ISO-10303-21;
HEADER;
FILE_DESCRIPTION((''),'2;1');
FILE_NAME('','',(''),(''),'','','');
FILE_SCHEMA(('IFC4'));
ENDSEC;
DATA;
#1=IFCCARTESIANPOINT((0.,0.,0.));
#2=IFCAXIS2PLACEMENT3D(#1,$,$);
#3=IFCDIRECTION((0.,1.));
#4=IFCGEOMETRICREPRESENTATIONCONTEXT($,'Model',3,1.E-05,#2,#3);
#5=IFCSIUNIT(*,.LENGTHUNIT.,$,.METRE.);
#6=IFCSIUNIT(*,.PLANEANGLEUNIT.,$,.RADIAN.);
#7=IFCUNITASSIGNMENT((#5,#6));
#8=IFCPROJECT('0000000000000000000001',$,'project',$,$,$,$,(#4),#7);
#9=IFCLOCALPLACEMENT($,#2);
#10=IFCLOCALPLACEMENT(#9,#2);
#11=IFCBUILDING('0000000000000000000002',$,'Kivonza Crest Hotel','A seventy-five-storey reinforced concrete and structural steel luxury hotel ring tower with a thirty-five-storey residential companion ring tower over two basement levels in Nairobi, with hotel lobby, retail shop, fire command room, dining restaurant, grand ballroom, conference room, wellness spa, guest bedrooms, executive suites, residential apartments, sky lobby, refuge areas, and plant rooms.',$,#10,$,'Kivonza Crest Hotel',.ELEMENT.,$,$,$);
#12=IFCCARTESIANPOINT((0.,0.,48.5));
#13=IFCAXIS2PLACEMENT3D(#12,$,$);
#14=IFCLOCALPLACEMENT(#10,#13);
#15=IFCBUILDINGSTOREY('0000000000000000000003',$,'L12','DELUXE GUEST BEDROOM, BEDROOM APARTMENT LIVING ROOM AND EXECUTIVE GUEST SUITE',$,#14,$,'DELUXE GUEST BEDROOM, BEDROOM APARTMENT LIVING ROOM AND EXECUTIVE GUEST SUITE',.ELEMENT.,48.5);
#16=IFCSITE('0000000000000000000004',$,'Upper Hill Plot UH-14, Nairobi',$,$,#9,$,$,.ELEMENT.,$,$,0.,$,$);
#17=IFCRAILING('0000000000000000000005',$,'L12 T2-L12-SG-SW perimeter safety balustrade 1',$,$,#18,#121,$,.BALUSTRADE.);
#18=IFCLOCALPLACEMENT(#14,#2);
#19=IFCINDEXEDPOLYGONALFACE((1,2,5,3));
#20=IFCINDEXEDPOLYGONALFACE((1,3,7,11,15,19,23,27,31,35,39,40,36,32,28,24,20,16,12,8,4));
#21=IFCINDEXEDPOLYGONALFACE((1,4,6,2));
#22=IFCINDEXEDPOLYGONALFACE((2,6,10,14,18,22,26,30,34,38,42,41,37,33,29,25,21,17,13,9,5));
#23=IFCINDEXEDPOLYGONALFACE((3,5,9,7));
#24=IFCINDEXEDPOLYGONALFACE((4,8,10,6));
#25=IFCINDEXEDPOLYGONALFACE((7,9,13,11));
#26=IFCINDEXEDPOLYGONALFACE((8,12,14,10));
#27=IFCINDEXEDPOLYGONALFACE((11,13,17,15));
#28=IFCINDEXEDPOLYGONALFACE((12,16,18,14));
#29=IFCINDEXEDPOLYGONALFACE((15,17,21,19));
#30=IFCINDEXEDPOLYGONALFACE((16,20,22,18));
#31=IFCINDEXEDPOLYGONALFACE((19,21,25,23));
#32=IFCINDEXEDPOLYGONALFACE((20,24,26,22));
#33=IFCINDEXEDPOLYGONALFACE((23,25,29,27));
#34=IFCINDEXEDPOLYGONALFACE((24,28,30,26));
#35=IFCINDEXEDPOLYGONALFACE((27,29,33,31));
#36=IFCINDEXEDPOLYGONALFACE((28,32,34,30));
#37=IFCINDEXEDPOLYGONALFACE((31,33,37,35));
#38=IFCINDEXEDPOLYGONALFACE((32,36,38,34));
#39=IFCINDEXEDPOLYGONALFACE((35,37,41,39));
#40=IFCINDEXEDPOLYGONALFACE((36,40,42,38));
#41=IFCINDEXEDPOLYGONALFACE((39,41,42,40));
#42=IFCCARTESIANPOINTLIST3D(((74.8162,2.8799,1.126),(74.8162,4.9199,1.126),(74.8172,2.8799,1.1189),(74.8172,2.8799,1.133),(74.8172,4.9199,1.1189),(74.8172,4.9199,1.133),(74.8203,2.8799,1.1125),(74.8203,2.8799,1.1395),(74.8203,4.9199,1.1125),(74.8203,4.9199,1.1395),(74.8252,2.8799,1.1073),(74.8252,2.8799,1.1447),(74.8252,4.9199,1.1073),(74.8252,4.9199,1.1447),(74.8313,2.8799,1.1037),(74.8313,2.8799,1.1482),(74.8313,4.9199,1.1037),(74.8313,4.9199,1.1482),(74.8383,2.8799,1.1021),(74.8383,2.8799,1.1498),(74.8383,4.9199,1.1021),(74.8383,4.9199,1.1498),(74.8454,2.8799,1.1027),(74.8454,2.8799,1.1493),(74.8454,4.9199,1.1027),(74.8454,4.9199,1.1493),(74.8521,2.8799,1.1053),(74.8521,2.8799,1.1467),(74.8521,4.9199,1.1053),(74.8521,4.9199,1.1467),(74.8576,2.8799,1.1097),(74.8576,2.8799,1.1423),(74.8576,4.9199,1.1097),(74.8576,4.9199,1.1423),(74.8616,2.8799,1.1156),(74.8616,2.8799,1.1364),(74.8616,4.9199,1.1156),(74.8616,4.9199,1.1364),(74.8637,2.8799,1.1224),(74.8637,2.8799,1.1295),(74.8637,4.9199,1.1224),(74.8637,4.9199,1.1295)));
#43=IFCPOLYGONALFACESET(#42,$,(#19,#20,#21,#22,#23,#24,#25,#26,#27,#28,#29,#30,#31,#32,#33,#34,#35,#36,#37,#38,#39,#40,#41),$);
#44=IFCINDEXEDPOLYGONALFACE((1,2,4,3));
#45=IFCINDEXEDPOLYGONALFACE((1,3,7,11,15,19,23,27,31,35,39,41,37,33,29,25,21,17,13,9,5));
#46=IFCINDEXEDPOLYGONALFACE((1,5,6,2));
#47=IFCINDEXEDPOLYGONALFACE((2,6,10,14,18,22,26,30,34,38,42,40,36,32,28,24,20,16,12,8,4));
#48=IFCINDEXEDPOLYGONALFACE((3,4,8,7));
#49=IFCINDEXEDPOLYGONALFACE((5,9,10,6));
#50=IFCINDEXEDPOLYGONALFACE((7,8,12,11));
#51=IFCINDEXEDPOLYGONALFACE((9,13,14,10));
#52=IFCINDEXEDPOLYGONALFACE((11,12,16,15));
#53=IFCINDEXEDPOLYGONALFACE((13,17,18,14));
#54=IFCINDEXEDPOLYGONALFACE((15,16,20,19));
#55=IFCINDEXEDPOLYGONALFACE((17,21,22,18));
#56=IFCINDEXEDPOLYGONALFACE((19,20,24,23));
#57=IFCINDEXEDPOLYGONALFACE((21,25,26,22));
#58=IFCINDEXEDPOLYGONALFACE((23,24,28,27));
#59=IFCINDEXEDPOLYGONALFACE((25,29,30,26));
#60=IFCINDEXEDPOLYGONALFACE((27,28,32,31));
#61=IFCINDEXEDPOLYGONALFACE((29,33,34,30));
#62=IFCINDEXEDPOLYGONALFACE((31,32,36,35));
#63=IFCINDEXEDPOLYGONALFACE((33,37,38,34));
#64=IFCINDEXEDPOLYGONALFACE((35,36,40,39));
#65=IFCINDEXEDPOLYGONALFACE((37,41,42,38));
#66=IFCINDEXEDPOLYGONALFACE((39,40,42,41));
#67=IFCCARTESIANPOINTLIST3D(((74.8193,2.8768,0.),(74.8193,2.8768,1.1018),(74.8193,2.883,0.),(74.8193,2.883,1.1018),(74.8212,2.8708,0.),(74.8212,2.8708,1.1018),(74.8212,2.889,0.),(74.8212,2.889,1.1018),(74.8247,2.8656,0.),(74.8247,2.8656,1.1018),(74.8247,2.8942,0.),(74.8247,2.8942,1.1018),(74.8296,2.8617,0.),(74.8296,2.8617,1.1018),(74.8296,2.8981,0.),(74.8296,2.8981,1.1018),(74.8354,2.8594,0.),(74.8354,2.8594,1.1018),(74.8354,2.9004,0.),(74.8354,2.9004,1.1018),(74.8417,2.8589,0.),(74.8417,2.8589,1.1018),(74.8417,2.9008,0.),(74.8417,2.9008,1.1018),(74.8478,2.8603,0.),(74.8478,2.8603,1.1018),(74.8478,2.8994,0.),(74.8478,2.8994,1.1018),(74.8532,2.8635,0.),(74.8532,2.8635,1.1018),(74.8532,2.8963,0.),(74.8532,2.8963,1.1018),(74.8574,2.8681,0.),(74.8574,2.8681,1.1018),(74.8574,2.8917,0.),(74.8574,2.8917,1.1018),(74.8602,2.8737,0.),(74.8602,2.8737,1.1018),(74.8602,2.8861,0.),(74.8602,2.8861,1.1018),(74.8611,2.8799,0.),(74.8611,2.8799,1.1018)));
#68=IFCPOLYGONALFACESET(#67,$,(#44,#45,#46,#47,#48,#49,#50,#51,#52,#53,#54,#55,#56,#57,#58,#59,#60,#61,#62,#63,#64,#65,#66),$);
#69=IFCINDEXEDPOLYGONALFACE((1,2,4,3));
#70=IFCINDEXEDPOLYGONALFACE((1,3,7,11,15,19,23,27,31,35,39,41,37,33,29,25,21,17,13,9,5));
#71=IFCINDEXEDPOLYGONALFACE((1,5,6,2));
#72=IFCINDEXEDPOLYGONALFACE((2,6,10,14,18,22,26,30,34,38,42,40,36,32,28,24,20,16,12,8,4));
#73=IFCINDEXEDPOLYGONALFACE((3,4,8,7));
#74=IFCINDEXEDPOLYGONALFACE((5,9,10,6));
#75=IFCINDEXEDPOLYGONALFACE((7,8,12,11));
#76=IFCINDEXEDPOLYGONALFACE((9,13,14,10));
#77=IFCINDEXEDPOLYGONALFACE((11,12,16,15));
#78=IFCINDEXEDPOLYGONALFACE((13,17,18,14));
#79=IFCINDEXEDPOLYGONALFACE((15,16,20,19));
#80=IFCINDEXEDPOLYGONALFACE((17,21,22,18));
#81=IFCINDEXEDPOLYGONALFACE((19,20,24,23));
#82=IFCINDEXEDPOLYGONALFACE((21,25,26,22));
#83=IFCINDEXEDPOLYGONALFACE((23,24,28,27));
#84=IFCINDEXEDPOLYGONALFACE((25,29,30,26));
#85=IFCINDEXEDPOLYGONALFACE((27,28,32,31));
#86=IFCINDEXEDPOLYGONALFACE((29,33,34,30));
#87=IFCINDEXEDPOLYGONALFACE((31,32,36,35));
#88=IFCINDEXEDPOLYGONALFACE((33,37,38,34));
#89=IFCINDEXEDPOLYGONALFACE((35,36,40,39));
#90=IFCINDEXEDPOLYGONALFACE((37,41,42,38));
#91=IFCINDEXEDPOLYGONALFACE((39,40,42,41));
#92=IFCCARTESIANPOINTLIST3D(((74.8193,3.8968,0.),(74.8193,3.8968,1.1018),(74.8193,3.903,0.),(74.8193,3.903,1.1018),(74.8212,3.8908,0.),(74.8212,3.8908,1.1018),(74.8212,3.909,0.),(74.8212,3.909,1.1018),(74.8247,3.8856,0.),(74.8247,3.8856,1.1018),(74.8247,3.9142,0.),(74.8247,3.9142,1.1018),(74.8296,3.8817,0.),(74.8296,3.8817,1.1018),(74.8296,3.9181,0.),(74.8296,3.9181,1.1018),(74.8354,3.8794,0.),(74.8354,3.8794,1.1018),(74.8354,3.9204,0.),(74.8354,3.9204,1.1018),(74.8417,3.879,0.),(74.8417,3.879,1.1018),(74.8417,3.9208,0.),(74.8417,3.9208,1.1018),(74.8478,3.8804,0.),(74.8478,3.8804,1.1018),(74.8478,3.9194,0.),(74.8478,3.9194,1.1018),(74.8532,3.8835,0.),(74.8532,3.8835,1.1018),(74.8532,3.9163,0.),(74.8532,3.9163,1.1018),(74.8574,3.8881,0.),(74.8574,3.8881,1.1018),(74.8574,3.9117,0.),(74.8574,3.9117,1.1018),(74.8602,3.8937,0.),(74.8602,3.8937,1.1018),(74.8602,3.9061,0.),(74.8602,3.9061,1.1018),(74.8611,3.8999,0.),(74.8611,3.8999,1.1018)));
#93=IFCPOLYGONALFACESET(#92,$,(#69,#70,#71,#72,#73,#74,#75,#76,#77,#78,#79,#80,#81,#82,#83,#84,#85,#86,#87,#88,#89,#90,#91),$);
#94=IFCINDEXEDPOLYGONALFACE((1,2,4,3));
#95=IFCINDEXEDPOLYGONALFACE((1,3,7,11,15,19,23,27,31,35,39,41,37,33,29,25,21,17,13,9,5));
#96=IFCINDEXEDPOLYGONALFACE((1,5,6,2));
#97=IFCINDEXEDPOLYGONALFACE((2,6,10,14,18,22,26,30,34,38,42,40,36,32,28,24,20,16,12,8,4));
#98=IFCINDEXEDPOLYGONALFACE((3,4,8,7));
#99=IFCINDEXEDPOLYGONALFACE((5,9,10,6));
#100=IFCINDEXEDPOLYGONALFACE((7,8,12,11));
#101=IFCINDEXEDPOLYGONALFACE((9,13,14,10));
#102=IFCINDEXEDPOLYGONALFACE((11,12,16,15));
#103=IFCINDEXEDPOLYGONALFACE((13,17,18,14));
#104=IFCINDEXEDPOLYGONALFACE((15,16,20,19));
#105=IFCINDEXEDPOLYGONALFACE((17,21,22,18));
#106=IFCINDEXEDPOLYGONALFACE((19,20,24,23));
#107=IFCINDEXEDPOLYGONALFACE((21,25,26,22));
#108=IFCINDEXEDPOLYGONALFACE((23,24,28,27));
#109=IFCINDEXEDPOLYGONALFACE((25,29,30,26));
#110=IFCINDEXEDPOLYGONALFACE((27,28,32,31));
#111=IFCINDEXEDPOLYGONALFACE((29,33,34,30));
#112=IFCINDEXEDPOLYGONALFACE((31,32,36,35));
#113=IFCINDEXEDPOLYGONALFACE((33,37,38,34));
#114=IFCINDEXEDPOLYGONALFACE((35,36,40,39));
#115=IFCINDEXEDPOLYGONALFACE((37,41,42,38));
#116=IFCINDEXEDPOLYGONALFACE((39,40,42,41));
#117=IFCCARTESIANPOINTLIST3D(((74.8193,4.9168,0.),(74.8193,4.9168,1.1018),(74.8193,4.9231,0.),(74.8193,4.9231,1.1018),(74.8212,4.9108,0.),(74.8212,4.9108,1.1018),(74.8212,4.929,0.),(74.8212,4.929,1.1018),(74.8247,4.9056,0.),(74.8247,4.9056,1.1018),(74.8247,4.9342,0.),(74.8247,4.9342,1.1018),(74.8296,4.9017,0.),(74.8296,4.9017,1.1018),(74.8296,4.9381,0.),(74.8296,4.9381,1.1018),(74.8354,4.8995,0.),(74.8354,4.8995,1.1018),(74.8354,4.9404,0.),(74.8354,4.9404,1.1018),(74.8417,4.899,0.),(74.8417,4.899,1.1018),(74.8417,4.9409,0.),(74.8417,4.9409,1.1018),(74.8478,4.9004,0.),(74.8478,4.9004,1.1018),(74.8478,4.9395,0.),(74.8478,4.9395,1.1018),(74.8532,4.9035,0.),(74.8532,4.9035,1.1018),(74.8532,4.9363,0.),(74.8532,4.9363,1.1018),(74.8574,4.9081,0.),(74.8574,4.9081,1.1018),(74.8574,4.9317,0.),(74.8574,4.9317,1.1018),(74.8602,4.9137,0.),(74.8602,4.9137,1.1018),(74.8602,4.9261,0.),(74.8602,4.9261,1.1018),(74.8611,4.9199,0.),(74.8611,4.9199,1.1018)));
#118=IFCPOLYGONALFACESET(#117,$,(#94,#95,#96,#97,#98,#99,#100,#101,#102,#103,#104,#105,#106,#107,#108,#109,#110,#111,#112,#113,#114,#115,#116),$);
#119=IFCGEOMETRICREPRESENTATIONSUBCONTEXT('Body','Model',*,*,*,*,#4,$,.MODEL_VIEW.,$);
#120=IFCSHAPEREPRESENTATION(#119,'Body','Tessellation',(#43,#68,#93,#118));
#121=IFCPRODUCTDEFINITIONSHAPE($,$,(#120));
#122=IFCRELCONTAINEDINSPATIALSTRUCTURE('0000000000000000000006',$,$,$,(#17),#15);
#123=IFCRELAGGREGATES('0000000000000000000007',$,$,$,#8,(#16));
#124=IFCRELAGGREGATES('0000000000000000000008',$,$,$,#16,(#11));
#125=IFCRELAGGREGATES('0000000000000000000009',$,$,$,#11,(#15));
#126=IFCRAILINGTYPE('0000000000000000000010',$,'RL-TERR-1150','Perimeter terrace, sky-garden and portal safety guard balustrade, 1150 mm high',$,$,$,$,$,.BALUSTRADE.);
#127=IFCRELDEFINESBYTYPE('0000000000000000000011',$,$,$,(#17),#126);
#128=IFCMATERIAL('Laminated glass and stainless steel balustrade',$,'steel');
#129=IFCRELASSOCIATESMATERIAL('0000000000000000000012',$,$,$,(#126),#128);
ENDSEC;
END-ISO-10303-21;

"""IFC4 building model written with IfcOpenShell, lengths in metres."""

from ifc_helpers import new_model, si_unit, direction, frame, origin, origin_2d, place, context, subcontext, project, spatial, circle, extrude, material, type_object, element, save


model = new_model("IFC4")

# Units and contexts
model_context = context("Model", 3, precision=1e-05, world=origin(), true_north=direction((0.0, 1.0)))
body_context = subcontext(model_context, "Body", "Model", "MODEL_VIEW")
ifc_project = project(units=[si_unit("LENGTHUNIT", "METRE"), si_unit("PLANEANGLEUNIT", "RADIAN")], contexts=[model_context])

# Site, building, storey
site_placement = place(None, origin())
site = spatial("IfcSite", under=ifc_project, at=site_placement, Name="Upper Hill Plot UH-14, Nairobi", CompositionType="ELEMENT", RefElevation=0.0)
building_placement = place(site_placement, origin())
building = spatial("IfcBuilding", under=site, at=building_placement, Name="Kivonza Crest Hotel", Description="A seventy-five-storey reinforced concrete and structural steel luxury hotel ring tower with a thirty-five-storey residential companion ring tower over two basement levels in Nairobi, with hotel lobby, retail shop, fire command room, dining restaurant, grand ballroom, conference room, wellness spa, guest bedrooms, executive suites, residential apartments, sky lobby, refuge areas, and plant rooms.", LongName="Kivonza Crest Hotel", CompositionType="ELEMENT")
storey_placement = place(building_placement, frame((0.0, 0.0, 48.5)))
storey = spatial("IfcBuildingStorey", under=building, at=storey_placement, Name="L12", Description="DELUXE GUEST BEDROOM, BEDROOM APARTMENT LIVING ROOM AND EXECUTIVE GUEST SUITE", LongName="DELUXE GUEST BEDROOM, BEDROOM APARTMENT LIVING ROOM AND EXECUTIVE GUEST SUITE", CompositionType="ELEMENT", Elevation=48.5)

# Railing
ifc_material_1 = material(Name="Laminated glass and stainless steel balustrade", Category="steel")
railing_type = type_object("IfcRailingType", Name="RL-TERR-1150", Description="Perimeter terrace, sky-garden and portal safety guard balustrade, 1150 mm high", PredefinedType="BALUSTRADE", material=ifc_material_1)
railing_1_placement = place(storey_placement, frame((74.8401, 2.8799, 0.0)))
element("IfcRailing", 1, at=railing_1_placement, inside=storey, type_object=railing_type, Name="L12 T2-L12-SG-SW perimeter safety balustrade 1", PredefinedType="BALUSTRADE", context=body_context, shape_type="SweptSolid", body=[
    extrude(circle(Radius=0.0239, at=origin_2d()), frame((0.0, 0.0, 1.126), z_axis=(0.0, 1.0, 0.0), x_axis=(-1.0, 0.0, 0.0)), (0.0, 0.0, 1.0), 2.04),
    extrude(circle(Radius=0.021, at=origin_2d()), origin(), (0.0, 0.0, 1.0), 1.1018),
    extrude(circle(Radius=0.021, at=origin_2d()), frame((0.0, 1.02, 0.0)), (0.0, 0.0, 1.0), 1.1018),
    extrude(circle(Radius=0.021, at=origin_2d()), frame((0.0, 2.04, 0.0)), (0.0, 0.0, 1.0), 1.1018),
])

save(model, "model.ifc")
